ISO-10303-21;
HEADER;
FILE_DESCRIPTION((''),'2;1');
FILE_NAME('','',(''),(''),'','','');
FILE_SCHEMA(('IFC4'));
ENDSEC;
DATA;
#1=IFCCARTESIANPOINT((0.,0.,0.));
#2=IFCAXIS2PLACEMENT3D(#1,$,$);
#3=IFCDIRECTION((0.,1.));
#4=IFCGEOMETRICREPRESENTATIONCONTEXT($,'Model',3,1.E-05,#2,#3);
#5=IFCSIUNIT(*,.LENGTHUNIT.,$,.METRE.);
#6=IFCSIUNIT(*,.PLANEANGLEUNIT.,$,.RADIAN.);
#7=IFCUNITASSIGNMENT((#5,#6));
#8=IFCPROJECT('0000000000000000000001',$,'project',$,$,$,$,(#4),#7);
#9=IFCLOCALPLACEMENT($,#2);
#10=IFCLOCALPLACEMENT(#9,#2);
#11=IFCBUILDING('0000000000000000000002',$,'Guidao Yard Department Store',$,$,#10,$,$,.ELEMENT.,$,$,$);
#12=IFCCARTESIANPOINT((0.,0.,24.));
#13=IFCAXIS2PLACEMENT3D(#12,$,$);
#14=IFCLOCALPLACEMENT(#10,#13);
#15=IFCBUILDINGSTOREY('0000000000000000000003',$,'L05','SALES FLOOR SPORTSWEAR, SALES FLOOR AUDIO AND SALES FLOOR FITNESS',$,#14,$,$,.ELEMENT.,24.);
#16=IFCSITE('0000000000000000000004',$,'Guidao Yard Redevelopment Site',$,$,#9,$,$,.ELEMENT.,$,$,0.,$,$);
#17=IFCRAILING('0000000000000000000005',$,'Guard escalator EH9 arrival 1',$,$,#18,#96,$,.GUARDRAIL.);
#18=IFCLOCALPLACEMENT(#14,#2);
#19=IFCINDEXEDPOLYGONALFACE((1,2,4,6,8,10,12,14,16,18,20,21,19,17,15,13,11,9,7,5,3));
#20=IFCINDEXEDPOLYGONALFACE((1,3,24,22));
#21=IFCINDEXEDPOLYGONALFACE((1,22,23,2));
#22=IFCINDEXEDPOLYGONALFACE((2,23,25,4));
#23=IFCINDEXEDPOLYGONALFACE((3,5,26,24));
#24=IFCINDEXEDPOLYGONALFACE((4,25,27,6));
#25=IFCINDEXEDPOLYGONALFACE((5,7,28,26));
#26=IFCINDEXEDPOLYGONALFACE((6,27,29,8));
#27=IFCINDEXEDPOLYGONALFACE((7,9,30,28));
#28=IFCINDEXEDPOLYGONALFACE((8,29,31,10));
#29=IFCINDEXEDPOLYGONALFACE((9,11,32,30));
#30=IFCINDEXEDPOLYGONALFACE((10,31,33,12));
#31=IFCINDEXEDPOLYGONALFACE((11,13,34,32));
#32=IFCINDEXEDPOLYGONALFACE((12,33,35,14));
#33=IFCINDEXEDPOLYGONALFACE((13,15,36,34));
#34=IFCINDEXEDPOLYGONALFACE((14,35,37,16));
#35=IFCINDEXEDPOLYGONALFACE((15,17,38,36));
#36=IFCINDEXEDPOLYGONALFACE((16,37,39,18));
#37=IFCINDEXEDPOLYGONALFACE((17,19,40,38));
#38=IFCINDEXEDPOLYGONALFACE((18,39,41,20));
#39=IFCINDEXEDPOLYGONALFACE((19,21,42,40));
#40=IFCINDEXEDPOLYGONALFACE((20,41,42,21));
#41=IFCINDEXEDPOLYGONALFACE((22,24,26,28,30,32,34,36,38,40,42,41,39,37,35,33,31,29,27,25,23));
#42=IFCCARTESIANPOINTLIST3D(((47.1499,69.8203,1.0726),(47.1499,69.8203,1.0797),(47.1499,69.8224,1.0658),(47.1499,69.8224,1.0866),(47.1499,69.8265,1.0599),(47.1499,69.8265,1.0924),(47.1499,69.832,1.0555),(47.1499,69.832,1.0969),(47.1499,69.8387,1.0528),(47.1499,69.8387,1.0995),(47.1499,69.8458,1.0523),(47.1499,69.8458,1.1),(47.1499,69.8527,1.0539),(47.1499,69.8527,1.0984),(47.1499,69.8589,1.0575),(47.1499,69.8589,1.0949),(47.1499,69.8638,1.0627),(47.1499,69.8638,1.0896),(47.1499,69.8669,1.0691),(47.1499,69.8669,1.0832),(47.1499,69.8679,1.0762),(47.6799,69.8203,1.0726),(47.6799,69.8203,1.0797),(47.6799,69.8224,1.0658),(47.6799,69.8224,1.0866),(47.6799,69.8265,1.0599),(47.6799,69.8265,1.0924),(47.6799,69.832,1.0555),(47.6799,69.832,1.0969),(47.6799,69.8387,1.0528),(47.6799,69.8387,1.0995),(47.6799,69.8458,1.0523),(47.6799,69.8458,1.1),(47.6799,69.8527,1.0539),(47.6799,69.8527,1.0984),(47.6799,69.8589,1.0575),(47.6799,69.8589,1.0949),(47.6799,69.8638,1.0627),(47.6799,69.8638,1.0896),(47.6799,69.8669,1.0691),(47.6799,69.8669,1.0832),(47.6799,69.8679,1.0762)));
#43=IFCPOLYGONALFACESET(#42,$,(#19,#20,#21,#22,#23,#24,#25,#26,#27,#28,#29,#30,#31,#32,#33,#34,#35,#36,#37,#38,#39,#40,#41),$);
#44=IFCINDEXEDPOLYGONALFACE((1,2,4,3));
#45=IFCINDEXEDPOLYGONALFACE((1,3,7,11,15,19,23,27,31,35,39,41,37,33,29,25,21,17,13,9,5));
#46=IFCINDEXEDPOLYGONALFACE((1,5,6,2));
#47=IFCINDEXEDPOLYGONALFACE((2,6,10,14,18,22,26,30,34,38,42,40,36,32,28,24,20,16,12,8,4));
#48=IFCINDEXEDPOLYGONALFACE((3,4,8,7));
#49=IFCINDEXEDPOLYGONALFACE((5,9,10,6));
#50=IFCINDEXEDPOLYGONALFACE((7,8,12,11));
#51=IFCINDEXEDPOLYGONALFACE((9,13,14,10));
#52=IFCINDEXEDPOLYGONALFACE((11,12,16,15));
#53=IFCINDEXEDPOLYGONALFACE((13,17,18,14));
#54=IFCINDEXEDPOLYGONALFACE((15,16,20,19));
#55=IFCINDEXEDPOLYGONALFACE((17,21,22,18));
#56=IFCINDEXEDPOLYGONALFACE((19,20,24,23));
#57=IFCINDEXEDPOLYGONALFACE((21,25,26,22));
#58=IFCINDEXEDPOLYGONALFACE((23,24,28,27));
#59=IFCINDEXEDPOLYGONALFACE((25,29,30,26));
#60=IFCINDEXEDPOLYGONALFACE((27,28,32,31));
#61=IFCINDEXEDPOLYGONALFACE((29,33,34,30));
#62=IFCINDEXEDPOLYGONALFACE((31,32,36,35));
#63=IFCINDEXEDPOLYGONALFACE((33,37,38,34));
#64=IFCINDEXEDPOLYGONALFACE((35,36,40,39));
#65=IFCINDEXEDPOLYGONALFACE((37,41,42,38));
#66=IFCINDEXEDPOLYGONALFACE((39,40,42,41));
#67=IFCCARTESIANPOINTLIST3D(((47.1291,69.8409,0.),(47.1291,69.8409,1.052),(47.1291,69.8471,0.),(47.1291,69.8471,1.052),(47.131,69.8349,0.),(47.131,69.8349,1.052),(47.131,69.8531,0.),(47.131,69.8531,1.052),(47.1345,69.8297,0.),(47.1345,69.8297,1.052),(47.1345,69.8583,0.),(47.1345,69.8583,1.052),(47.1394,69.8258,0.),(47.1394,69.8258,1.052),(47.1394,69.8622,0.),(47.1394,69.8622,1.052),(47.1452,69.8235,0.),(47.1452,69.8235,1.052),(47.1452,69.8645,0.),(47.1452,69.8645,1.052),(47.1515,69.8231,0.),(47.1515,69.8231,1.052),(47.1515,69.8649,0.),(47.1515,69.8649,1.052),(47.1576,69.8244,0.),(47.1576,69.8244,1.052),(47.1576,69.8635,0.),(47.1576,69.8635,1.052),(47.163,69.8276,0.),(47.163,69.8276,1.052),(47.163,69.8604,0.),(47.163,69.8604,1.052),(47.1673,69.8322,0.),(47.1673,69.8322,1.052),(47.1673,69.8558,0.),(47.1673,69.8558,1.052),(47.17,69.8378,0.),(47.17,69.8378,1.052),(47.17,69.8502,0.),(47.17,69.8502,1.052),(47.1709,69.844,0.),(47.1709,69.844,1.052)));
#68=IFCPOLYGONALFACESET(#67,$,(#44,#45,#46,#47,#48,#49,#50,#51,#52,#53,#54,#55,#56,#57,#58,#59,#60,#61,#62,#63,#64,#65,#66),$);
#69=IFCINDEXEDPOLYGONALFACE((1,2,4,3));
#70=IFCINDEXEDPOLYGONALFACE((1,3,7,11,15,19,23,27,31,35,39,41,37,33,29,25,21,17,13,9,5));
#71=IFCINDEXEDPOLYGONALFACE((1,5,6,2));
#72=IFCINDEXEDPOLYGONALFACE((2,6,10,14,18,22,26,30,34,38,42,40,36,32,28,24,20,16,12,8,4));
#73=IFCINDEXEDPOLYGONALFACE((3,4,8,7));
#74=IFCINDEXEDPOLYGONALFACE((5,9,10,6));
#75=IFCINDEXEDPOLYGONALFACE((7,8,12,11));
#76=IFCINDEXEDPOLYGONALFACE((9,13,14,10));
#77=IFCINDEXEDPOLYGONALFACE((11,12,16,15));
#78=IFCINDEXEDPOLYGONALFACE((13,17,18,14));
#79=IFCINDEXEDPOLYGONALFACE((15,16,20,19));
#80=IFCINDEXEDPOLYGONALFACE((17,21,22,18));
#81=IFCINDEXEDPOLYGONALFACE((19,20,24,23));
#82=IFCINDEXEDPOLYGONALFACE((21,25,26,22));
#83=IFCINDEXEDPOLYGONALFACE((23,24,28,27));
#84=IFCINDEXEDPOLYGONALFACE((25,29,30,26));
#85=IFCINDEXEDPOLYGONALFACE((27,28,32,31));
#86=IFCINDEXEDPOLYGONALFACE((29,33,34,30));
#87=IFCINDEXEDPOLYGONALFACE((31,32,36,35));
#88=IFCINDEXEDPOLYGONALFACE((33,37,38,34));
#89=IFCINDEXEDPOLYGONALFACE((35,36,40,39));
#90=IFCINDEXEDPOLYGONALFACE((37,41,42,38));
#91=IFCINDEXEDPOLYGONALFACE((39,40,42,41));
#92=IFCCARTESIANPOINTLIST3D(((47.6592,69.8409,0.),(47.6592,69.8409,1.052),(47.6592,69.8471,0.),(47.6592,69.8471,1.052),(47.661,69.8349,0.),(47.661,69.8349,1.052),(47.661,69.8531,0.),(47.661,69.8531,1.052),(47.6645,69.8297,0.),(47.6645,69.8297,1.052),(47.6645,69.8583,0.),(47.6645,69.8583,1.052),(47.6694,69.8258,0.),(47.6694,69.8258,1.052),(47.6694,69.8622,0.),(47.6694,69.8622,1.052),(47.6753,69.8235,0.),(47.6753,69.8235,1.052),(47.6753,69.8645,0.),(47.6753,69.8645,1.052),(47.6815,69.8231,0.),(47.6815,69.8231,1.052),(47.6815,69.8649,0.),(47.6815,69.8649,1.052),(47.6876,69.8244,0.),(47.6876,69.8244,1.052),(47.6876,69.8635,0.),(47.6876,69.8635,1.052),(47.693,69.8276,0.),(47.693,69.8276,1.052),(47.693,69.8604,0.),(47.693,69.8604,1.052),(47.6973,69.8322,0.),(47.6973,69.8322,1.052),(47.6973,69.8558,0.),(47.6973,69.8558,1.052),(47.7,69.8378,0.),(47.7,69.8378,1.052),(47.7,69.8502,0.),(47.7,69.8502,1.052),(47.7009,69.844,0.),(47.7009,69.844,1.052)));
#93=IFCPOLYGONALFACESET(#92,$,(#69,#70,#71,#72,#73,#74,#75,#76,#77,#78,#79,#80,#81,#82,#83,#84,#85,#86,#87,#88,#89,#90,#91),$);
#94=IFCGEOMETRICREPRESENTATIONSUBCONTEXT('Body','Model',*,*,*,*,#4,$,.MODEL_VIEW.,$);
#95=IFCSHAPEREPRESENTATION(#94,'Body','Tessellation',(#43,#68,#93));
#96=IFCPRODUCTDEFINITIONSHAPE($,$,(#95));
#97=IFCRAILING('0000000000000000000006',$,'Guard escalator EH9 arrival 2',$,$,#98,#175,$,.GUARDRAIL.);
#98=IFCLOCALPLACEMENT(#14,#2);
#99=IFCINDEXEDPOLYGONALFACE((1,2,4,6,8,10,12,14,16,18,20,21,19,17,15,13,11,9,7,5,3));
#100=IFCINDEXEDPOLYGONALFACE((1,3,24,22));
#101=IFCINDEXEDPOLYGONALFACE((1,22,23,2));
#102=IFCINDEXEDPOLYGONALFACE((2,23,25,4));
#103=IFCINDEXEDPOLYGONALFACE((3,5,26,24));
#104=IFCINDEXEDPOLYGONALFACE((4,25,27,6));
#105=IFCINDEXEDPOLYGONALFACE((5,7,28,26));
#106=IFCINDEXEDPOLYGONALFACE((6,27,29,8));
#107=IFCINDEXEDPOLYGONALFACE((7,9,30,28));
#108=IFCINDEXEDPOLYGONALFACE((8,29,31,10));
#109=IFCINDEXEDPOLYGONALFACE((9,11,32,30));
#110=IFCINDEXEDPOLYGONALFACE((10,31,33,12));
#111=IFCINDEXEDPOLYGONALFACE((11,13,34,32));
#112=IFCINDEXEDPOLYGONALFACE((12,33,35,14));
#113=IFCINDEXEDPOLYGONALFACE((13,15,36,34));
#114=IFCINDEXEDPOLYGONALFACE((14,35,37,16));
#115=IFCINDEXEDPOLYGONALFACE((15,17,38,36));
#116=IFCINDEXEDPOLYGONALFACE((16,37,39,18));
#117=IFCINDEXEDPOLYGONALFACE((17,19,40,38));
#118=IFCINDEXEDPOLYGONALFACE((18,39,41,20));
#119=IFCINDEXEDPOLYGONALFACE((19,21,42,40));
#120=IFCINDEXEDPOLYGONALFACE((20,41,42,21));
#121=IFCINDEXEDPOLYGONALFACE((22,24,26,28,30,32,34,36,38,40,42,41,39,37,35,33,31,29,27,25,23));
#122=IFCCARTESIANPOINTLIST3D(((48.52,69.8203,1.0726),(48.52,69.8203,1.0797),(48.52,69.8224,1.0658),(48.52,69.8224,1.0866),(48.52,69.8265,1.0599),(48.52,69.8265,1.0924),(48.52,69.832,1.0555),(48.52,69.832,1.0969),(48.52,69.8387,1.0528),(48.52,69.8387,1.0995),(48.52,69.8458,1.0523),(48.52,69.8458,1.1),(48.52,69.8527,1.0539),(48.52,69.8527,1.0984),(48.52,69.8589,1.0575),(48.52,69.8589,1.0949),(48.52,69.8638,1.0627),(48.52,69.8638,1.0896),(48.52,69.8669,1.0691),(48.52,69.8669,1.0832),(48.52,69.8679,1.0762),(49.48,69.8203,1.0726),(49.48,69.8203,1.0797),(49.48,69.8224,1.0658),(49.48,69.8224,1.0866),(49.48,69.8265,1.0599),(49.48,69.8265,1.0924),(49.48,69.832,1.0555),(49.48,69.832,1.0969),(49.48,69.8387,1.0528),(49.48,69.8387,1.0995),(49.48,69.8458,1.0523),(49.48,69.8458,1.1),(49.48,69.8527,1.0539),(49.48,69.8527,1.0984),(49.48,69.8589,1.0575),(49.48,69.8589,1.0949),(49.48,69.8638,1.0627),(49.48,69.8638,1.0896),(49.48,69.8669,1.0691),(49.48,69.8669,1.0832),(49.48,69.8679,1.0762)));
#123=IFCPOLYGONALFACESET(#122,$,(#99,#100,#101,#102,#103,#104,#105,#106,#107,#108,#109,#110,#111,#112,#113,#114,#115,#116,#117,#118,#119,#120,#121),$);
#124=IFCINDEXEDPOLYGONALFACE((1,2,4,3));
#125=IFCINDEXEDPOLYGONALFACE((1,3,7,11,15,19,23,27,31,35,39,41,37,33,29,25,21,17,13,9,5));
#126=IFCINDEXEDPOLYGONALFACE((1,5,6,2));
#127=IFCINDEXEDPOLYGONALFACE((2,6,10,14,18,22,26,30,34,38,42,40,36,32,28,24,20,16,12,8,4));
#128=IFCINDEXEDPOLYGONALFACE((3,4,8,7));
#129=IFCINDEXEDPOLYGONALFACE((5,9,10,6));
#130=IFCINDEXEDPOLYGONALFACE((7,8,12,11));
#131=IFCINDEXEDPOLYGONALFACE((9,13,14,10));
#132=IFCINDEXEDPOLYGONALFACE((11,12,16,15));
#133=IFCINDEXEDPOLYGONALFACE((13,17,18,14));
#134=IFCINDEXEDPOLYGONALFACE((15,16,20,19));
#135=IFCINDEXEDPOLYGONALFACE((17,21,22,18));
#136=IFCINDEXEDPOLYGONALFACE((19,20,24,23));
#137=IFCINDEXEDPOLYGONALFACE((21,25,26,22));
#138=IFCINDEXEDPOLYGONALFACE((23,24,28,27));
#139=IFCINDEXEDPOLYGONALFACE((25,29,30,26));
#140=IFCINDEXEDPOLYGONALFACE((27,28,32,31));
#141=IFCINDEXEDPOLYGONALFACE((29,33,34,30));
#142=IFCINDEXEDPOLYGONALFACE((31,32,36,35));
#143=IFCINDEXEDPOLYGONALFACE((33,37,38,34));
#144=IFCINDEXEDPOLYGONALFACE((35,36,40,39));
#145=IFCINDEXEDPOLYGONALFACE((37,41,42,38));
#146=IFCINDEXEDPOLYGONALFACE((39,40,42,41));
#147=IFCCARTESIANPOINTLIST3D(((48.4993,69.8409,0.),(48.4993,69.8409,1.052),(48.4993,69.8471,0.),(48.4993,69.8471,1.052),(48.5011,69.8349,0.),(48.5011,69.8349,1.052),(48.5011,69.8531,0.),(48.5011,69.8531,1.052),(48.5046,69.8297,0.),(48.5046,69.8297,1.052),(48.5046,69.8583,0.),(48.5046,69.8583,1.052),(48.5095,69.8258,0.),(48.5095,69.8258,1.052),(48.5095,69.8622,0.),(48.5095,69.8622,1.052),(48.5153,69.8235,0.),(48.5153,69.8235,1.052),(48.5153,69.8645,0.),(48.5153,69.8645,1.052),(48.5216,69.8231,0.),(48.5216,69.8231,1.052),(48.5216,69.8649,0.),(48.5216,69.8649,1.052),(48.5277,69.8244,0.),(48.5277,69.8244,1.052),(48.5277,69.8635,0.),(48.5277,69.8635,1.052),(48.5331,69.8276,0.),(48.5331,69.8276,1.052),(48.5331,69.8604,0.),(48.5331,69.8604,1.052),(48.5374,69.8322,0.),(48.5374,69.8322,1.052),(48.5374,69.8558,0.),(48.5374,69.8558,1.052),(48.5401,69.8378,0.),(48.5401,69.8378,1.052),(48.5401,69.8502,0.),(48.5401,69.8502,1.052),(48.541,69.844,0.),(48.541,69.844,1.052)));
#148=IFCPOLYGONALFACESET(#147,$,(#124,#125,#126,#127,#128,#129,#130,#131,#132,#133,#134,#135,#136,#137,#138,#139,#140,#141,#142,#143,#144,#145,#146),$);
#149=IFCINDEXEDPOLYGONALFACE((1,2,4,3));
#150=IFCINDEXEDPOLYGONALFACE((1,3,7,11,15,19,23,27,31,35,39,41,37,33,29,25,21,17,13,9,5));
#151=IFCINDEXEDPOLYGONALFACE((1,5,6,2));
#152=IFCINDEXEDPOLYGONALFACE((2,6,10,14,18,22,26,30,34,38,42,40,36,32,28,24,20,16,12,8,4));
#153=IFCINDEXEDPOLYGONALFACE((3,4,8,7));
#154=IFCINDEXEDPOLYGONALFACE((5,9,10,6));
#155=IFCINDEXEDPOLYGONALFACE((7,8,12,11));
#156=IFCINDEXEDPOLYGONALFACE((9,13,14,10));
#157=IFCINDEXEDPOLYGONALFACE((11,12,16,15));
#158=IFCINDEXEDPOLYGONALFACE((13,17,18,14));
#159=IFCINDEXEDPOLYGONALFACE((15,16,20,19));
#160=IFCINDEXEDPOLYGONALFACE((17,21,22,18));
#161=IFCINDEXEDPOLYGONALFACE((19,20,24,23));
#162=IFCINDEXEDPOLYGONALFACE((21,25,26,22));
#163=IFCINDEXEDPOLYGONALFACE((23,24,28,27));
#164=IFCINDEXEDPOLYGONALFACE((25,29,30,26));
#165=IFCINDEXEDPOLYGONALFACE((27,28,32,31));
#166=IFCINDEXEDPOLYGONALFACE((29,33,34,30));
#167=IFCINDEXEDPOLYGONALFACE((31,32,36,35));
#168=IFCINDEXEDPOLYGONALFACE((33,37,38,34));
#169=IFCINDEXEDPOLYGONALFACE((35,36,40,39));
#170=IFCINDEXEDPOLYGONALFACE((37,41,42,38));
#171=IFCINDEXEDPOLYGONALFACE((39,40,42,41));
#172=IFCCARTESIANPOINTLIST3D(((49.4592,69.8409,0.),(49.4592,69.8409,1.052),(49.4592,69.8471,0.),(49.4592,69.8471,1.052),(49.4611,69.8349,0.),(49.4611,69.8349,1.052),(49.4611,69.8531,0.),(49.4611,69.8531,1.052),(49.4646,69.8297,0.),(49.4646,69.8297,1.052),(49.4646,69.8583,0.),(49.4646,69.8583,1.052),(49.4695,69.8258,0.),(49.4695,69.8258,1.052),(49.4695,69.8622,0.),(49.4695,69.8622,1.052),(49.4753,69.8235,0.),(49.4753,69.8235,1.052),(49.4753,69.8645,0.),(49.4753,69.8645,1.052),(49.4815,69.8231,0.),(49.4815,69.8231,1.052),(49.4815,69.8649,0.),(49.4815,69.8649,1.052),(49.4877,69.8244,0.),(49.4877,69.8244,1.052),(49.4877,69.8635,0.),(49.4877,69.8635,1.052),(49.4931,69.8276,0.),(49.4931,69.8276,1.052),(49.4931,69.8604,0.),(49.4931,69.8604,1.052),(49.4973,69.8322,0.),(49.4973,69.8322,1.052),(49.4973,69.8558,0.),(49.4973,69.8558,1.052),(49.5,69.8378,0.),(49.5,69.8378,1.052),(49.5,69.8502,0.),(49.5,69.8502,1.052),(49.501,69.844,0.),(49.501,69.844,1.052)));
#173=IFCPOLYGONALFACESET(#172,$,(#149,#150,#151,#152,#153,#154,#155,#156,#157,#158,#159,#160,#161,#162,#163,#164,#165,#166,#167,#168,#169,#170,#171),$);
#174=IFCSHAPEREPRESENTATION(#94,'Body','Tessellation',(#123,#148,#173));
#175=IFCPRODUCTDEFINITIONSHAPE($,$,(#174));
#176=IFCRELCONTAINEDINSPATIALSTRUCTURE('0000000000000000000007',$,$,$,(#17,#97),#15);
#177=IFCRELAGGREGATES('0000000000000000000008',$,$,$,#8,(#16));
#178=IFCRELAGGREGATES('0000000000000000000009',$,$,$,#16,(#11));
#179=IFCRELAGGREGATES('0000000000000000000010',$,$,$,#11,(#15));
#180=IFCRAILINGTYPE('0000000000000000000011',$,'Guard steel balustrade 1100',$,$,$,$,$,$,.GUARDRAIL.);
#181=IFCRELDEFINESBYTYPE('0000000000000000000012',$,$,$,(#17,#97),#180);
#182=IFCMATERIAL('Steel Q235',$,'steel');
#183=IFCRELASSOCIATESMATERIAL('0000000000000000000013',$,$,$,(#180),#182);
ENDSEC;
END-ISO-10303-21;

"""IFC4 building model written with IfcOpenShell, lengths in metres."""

from ifc_helpers import new_model, si_unit, direction, frame, origin, origin_2d, place, context, subcontext, project, spatial, circle, extrude, material, type_object, element, save


model = new_model("IFC4")

# Units and contexts
model_context = context("Model", 3, precision=1e-05, world=origin(), true_north=direction((0.0, 1.0)))
body_context = subcontext(model_context, "Body", "Model", "MODEL_VIEW")
ifc_project = project(units=[si_unit("LENGTHUNIT", "METRE"), si_unit("PLANEANGLEUNIT", "RADIAN")], contexts=[model_context])

# Site, building, storey
site_placement = place(None, origin())
site = spatial("IfcSite", under=ifc_project, at=site_placement, Name="Guidao Yard Redevelopment Site", CompositionType="ELEMENT", RefElevation=0.0)
building_placement = place(site_placement, origin())
building = spatial("IfcBuilding", under=site, at=building_placement, Name="Guidao Yard Department Store", CompositionType="ELEMENT")
storey_placement = place(building_placement, frame((0.0, 0.0, 24.0)))
storey = spatial("IfcBuildingStorey", under=building, at=storey_placement, Name="L05", Description="SALES FLOOR SPORTSWEAR, SALES FLOOR AUDIO AND SALES FLOOR FITNESS", CompositionType="ELEMENT", Elevation=24.0)

# Railings
ifc_material_1 = material(Name="Steel Q235", Category="steel")
railing_type = type_object("IfcRailingType", Name="Guard steel balustrade 1100", PredefinedType="GUARDRAIL", material=ifc_material_1)
railing_1_placement = place(storey_placement, frame((47.1499, 69.844, 0.0)))
element("IfcRailing", 1, at=railing_1_placement, inside=storey, type_object=railing_type, Name="Guard escalator EH9 arrival 1", PredefinedType="GUARDRAIL", context=body_context, shape_type="SweptSolid", body=[
    extrude(circle(Radius=0.0239, at=origin_2d()), frame((0.0, 0.0, 1.0762), z_axis=(1.0, 0.0, 0.0), x_axis=(0.0, 1.0, 0.0)), (0.0, 0.0, 1.0), 0.53),
    extrude(circle(Radius=0.021, at=origin_2d()), origin(), (0.0, 0.0, 1.0), 1.052),
    extrude(circle(Radius=0.021, at=origin_2d()), frame((0.53, 0.0, 0.0)), (0.0, 0.0, 1.0), 1.052),
])
railing_2_placement = place(storey_placement, frame((48.52, 69.844, 0.0)))
element("IfcRailing", 2, at=railing_2_placement, inside=storey, type_object=railing_type, Name="Guard escalator EH9 arrival 2", PredefinedType="GUARDRAIL", context=body_context, shape_type="SweptSolid", body=[
    extrude(circle(Radius=0.0239, at=origin_2d()), frame((0.0, 0.0, 1.0762), z_axis=(1.0, 0.0, 0.0), x_axis=(0.0, 1.0, 0.0)), (0.0, 0.0, 1.0), 0.96),
    extrude(circle(Radius=0.021, at=origin_2d()), origin(), (0.0, 0.0, 1.0), 1.052),
    extrude(circle(Radius=0.021, at=origin_2d()), frame((0.96, 0.0, 0.0)), (0.0, 0.0, 1.0), 1.052),
])

save(model, "model.ifc")
